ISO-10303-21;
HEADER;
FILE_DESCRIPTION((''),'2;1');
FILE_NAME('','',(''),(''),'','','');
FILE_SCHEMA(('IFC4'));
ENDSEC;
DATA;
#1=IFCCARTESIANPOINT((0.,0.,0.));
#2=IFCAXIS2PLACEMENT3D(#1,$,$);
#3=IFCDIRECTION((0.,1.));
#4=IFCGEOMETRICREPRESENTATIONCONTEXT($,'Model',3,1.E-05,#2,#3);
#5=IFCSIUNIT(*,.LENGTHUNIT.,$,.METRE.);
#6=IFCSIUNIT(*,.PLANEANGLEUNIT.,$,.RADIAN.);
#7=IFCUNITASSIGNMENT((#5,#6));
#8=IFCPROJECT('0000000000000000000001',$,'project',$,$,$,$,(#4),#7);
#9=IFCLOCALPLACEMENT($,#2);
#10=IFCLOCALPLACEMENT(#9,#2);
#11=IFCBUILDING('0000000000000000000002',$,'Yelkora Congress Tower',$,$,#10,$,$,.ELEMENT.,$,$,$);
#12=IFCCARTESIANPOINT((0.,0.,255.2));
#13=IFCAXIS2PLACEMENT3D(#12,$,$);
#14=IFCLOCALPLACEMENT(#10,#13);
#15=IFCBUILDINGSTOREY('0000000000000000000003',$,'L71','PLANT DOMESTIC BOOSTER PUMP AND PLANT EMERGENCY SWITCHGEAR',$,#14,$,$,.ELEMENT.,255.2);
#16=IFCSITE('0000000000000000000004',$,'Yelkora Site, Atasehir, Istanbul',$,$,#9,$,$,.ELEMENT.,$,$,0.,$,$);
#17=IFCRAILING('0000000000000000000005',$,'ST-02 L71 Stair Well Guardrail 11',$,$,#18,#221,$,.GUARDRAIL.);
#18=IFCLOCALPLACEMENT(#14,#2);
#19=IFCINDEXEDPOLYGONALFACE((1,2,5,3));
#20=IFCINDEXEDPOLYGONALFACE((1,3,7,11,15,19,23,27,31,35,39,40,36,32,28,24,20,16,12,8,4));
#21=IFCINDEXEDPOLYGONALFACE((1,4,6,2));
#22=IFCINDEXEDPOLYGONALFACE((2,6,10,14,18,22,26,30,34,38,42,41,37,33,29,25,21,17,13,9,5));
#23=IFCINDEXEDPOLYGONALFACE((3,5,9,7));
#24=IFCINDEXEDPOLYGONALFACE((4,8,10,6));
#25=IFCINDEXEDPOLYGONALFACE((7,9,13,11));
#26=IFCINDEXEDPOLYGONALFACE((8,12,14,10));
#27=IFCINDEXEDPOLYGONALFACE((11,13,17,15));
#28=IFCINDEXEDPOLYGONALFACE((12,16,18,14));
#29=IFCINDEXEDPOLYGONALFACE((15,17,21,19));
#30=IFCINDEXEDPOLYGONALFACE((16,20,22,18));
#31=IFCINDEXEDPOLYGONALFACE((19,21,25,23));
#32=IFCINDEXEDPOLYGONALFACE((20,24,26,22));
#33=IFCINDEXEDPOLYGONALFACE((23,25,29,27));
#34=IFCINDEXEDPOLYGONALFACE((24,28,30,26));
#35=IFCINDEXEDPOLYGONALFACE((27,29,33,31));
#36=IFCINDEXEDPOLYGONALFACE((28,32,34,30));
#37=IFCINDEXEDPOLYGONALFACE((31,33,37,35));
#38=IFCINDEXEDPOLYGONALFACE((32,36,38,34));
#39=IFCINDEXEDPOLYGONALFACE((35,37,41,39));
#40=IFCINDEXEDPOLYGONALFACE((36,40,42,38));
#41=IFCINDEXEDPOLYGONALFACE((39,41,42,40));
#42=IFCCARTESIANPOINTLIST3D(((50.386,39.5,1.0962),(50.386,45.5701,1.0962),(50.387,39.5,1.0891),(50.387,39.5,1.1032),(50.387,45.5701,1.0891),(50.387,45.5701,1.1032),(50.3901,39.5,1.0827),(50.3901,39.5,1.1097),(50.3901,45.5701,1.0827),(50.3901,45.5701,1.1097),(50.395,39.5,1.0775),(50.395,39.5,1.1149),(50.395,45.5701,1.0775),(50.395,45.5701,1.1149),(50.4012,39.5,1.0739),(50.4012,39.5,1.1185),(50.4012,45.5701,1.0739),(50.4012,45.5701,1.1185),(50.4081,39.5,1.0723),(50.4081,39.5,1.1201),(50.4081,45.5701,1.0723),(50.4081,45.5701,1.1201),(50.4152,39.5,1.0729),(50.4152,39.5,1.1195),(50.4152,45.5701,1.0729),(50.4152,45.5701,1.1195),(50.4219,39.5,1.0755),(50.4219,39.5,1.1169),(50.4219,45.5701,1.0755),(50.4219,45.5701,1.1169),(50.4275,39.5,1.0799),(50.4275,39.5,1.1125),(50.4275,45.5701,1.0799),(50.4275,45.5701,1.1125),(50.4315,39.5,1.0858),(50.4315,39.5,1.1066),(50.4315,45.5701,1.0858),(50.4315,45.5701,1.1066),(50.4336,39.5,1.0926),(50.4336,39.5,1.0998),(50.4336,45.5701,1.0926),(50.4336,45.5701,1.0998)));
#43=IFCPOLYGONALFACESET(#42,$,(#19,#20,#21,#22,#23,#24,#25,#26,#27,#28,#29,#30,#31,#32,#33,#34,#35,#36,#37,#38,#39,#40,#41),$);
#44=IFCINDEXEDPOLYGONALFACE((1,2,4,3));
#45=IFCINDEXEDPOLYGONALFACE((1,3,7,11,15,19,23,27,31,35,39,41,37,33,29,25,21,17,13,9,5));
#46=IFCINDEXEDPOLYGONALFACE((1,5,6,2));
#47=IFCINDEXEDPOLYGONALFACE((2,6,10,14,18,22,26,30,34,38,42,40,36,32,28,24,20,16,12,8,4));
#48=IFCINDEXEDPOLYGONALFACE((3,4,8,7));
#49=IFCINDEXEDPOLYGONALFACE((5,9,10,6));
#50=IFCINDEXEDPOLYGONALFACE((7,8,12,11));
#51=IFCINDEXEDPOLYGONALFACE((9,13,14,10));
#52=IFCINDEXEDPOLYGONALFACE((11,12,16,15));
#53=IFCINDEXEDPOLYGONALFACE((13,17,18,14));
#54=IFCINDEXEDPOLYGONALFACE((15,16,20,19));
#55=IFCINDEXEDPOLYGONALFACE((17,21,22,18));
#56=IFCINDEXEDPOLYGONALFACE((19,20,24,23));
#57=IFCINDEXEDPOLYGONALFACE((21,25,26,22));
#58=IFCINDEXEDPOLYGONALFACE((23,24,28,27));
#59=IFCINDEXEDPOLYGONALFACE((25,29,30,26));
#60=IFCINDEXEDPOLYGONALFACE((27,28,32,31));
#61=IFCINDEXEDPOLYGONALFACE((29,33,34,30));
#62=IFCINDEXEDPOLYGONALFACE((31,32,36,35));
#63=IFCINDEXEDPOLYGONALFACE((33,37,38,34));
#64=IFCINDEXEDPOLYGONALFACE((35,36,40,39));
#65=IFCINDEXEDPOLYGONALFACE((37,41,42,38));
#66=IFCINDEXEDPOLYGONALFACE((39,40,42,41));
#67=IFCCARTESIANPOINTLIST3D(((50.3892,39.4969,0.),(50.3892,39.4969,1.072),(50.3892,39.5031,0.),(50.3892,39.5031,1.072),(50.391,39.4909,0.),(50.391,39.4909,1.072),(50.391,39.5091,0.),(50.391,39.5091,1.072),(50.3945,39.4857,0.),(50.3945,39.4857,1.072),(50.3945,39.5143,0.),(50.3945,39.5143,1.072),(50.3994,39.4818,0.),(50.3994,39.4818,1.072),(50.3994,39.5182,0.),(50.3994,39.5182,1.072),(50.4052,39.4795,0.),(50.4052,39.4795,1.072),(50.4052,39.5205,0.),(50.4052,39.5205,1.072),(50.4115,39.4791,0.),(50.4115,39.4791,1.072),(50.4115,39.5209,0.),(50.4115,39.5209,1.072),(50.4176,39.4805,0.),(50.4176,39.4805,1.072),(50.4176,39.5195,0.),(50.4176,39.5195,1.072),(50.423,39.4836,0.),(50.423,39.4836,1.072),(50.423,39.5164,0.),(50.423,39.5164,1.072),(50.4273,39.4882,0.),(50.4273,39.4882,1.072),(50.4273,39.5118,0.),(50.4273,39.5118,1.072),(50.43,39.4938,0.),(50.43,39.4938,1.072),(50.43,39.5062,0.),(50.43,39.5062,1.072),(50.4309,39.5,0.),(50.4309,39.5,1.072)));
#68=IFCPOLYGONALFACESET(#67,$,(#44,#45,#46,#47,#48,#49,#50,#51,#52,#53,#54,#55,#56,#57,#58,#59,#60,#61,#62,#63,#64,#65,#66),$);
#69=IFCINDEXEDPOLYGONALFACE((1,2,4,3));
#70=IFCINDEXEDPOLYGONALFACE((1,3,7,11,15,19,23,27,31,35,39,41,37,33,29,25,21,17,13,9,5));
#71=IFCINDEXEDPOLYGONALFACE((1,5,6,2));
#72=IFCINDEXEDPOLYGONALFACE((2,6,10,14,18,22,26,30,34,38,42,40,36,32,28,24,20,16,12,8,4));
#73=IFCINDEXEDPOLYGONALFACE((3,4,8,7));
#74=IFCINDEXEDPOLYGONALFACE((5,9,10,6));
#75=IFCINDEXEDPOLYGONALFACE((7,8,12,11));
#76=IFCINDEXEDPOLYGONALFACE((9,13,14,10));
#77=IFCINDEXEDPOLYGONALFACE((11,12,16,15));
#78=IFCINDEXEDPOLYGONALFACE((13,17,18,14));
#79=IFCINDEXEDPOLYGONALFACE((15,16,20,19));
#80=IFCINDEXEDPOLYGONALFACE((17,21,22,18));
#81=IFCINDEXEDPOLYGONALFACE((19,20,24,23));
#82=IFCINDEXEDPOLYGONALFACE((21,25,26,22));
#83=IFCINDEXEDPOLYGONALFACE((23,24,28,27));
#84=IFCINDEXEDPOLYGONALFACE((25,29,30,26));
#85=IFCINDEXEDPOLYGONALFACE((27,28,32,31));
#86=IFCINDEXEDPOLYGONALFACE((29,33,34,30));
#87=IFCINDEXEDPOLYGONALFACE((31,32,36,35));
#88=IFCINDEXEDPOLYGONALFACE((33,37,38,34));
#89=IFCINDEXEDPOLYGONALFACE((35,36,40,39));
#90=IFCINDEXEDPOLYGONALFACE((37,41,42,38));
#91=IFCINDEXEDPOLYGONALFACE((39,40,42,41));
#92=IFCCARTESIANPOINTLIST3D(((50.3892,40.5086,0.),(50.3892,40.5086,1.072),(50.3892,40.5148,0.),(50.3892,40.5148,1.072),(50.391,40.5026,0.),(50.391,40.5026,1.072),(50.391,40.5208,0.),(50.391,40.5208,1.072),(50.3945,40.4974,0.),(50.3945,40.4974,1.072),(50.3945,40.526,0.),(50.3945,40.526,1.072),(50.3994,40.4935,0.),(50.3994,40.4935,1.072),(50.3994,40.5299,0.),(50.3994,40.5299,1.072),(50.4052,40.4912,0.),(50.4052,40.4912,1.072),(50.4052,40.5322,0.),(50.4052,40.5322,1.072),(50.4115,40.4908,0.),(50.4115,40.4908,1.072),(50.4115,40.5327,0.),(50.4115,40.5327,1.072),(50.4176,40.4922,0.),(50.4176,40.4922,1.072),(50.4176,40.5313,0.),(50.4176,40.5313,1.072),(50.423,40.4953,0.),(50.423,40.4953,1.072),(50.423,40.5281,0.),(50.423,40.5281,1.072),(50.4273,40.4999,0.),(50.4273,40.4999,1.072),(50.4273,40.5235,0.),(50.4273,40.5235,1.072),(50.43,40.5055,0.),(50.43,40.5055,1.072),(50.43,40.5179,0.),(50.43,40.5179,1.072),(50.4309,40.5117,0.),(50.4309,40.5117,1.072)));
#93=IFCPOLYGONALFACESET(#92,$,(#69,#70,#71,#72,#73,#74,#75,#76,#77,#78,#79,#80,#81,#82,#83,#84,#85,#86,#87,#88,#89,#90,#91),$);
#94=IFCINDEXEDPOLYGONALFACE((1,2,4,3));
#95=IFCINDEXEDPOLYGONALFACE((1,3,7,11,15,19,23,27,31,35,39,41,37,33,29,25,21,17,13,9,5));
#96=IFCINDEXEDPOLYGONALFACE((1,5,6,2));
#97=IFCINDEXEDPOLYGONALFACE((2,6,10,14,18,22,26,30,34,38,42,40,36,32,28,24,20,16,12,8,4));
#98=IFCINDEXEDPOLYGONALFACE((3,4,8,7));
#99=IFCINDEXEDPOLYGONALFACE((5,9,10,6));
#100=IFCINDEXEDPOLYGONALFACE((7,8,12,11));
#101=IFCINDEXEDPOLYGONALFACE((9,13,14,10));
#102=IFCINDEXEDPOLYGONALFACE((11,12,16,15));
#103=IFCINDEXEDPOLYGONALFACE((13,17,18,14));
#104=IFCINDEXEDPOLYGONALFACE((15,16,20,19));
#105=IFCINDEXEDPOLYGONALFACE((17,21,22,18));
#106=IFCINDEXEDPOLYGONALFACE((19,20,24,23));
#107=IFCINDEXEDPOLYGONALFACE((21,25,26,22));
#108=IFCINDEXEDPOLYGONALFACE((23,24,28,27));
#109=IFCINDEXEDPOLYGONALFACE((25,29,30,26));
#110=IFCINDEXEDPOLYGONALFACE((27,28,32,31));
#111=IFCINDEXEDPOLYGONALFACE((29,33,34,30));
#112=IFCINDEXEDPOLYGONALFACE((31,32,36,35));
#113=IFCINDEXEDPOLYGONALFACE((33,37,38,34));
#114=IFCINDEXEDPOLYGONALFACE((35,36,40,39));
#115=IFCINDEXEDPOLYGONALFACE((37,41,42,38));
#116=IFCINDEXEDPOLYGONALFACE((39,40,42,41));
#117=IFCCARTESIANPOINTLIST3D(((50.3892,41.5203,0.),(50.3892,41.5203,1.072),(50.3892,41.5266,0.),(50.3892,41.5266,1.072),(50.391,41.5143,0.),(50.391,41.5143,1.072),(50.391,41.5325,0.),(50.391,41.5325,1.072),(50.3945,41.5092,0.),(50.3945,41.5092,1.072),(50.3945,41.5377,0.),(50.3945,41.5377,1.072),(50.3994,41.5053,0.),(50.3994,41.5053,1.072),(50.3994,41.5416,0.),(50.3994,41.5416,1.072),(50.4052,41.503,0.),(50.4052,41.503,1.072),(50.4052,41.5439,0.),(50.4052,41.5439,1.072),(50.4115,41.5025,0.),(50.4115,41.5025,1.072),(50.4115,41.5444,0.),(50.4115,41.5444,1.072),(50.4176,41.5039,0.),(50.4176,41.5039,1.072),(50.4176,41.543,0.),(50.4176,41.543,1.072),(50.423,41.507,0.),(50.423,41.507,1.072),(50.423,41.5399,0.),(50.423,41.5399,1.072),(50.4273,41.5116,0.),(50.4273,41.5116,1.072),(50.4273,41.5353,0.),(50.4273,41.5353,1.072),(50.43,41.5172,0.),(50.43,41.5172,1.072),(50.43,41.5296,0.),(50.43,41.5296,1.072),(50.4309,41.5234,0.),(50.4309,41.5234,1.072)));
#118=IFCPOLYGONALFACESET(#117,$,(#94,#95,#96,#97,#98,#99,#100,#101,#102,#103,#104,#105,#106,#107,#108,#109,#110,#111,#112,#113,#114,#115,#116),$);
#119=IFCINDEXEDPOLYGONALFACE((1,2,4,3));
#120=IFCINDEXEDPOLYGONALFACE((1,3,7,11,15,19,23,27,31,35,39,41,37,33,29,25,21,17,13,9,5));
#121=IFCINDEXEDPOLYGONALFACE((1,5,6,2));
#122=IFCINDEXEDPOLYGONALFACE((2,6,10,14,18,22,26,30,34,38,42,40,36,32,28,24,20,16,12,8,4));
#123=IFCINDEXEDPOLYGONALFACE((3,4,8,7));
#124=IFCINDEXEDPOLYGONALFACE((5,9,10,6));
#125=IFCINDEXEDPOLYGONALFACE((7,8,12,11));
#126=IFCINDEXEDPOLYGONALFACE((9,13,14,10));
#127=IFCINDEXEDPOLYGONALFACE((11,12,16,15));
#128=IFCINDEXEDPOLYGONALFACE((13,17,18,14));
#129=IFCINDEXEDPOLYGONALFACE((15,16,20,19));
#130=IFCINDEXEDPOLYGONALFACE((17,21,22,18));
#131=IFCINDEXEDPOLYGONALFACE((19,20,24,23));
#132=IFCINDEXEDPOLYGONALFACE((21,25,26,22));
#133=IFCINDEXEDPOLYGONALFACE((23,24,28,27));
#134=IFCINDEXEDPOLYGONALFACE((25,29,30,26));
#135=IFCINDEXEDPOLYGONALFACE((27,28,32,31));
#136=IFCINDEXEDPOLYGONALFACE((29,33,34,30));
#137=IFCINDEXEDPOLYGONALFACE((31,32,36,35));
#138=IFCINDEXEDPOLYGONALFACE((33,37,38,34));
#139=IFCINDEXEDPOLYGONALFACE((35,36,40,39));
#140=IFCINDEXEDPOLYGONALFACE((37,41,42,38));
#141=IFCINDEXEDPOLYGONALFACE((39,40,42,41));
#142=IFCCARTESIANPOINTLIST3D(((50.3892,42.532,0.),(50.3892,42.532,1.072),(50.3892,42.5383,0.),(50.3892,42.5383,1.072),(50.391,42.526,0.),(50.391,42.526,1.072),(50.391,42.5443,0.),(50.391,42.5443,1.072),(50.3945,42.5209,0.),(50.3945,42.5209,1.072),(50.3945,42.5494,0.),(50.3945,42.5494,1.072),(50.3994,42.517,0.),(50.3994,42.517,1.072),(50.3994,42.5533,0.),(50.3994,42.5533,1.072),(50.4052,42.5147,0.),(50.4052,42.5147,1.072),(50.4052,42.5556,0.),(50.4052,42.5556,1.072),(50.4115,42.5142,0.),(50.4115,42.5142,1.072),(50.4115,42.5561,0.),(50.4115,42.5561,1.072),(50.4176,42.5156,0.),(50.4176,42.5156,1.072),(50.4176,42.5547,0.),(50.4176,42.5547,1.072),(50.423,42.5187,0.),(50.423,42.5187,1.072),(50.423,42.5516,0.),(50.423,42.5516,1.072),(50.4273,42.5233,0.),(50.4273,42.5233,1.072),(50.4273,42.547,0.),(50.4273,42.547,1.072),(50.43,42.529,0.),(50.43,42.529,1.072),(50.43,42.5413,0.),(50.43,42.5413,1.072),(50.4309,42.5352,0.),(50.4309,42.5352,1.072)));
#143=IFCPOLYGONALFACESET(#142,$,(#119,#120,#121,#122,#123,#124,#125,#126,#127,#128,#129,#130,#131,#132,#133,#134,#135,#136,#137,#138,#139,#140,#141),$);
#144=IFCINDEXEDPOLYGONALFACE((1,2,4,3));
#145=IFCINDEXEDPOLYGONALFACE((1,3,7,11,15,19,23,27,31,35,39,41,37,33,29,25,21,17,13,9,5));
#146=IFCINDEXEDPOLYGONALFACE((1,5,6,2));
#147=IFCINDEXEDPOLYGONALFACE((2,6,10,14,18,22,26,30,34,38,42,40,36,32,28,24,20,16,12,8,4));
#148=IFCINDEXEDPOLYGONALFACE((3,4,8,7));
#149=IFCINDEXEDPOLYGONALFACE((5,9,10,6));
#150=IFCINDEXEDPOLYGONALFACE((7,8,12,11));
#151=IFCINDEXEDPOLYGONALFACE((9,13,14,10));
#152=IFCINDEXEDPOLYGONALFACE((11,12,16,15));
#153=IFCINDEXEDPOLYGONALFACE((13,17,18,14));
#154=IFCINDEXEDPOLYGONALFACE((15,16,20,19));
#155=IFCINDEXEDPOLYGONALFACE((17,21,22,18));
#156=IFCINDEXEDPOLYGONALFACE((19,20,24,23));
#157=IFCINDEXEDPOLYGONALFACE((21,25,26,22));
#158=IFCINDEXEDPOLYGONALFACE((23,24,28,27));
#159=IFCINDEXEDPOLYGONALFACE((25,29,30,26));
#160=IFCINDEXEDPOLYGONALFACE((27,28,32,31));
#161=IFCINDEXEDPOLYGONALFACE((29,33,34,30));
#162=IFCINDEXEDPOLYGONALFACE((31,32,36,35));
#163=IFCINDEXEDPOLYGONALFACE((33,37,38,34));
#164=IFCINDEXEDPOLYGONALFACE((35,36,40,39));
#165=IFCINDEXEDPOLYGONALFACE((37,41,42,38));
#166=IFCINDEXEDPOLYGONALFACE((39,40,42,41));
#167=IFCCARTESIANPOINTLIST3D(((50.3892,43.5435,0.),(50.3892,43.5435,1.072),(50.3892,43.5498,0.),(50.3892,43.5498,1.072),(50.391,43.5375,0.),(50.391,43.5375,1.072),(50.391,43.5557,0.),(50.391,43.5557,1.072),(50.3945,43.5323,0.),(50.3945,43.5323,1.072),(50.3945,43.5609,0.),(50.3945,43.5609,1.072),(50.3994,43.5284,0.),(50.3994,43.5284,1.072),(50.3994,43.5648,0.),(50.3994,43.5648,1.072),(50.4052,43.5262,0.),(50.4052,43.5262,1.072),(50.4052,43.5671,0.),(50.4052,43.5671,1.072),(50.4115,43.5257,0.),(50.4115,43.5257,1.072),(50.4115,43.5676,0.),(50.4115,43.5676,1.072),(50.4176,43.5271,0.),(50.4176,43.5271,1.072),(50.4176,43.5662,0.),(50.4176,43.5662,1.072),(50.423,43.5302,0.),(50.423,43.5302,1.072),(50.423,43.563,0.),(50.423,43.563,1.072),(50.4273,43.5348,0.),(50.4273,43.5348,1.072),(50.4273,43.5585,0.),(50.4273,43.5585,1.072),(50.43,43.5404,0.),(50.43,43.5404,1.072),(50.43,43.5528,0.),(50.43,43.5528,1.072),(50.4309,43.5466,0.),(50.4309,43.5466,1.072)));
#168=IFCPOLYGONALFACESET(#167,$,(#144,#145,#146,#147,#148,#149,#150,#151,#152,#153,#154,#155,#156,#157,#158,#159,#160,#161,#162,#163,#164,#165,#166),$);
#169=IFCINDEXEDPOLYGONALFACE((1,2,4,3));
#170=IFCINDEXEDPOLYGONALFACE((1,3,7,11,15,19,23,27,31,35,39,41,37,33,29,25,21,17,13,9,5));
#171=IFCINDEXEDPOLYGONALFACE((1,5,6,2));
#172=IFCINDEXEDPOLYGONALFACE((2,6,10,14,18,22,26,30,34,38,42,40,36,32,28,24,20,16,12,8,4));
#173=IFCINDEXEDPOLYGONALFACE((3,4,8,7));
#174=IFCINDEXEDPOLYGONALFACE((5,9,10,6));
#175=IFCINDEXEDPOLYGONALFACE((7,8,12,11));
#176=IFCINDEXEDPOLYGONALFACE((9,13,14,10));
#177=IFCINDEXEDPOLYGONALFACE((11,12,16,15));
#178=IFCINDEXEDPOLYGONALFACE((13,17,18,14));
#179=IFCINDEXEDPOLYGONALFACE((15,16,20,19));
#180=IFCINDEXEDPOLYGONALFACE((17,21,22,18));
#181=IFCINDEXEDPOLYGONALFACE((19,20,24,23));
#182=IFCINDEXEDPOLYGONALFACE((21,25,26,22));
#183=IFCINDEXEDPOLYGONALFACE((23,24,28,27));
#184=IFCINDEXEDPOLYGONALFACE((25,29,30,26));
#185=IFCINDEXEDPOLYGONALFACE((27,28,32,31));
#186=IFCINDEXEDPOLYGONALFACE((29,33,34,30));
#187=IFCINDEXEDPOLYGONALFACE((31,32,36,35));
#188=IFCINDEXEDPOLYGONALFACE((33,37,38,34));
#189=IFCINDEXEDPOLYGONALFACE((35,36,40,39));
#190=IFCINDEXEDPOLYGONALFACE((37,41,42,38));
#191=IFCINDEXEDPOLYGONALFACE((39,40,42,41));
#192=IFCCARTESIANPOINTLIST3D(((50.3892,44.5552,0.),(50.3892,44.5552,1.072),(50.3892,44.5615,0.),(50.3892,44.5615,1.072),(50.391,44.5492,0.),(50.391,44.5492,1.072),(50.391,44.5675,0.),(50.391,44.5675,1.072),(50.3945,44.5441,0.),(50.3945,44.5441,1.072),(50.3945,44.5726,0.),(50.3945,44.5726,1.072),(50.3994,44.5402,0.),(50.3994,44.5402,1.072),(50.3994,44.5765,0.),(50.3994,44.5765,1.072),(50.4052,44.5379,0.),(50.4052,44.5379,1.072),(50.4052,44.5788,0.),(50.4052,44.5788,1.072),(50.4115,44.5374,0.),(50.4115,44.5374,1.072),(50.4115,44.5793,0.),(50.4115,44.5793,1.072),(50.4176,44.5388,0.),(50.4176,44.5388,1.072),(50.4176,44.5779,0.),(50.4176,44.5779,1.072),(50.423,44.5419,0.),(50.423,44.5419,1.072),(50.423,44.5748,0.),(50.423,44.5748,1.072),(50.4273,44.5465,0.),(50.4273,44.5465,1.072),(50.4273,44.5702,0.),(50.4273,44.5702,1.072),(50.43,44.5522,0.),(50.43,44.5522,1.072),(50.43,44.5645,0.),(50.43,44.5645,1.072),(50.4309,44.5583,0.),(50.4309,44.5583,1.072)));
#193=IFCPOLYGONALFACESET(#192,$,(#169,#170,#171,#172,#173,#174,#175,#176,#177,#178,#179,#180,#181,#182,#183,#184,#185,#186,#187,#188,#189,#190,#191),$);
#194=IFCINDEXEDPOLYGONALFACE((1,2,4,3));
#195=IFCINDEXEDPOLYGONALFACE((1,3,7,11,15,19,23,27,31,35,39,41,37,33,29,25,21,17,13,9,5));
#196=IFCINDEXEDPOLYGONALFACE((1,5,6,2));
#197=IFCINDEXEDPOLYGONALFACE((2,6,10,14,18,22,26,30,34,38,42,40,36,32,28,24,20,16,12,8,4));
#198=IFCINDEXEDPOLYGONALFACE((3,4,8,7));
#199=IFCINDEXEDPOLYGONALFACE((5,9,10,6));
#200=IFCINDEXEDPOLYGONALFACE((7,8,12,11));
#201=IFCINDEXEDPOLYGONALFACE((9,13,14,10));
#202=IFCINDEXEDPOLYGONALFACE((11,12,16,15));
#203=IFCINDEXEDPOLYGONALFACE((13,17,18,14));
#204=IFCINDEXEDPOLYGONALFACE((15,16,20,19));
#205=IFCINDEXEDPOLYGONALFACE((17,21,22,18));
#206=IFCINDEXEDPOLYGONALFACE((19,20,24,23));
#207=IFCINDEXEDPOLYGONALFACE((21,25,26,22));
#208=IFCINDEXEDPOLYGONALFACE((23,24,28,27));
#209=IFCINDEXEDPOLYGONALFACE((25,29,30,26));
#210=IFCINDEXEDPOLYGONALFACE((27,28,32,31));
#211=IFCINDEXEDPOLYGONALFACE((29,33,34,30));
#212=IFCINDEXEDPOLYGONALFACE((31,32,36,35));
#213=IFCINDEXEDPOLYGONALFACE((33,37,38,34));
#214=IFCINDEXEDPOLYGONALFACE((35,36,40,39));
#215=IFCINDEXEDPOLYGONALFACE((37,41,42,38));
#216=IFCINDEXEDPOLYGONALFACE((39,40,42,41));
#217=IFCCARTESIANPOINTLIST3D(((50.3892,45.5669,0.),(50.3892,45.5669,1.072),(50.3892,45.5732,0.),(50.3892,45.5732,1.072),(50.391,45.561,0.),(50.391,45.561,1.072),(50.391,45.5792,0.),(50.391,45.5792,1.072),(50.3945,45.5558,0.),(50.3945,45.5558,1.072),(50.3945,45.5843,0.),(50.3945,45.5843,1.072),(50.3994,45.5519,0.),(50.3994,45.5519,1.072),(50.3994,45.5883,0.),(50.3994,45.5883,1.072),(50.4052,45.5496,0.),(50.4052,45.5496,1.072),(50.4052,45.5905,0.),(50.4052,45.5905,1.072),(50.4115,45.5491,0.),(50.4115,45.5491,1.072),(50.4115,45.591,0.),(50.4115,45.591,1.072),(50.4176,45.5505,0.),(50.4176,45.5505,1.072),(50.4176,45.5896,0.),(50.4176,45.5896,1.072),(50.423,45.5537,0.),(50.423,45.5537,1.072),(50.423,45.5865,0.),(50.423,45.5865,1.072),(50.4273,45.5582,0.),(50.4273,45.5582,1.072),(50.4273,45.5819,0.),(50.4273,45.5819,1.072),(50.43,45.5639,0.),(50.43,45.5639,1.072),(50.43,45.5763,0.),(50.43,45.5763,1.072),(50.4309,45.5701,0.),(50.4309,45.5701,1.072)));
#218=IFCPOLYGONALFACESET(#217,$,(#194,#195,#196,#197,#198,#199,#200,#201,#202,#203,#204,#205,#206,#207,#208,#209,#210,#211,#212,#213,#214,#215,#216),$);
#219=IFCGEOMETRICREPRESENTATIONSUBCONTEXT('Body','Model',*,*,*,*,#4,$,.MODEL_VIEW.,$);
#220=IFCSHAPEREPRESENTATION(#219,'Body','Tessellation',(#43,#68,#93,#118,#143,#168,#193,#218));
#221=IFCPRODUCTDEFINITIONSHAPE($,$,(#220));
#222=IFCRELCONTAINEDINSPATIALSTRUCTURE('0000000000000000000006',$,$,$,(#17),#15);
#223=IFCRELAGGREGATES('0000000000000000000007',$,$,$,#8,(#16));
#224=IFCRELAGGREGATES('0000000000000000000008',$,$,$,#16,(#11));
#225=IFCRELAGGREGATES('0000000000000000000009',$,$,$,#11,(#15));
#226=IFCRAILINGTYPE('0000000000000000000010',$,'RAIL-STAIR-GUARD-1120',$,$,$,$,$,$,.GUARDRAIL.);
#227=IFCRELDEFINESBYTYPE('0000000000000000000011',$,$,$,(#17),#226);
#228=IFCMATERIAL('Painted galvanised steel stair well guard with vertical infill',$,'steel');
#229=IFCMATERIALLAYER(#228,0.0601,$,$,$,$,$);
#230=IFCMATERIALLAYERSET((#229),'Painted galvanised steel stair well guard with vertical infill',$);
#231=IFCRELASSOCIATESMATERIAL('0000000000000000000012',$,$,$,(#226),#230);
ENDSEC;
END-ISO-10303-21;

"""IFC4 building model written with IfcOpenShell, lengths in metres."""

from ifc_helpers import new_model, si_unit, direction, frame, origin, origin_2d, place, context, subcontext, project, spatial, circle, extrude, material, layer, layer_set, type_object, element, save


model = new_model("IFC4")

# Units and contexts
model_context = context("Model", 3, precision=1e-05, world=origin(), true_north=direction((0.0, 1.0)))
body_context = subcontext(model_context, "Body", "Model", "MODEL_VIEW")
ifc_project = project(units=[si_unit("LENGTHUNIT", "METRE"), si_unit("PLANEANGLEUNIT", "RADIAN")], contexts=[model_context])

# Site, building, storey
site_placement = place(None, origin())
site = spatial("IfcSite", under=ifc_project, at=site_placement, Name="Yelkora Site, Atasehir, Istanbul", CompositionType="ELEMENT", RefElevation=0.0)
building_placement = place(site_placement, origin())
building = spatial("IfcBuilding", under=site, at=building_placement, Name="Yelkora Congress Tower", CompositionType="ELEMENT")
storey_placement = place(building_placement, frame((0.0, 0.0, 255.2)))
storey = spatial("IfcBuildingStorey", under=building, at=storey_placement, Name="L71", Description="PLANT DOMESTIC BOOSTER PUMP AND PLANT EMERGENCY SWITCHGEAR", CompositionType="ELEMENT", Elevation=255.2)

# Railing
ifc_material_1 = material(Name="Painted galvanised steel stair well guard with vertical infill", Category="steel")
ifc_layer_1 = layer(ifc_material_1, 0.0601)
ifc_layer_set_1 = layer_set([ifc_layer_1], Name="Painted galvanised steel stair well guard with vertical infill")
railing_type_1 = type_object("IfcRailingType", Name="RAIL-STAIR-GUARD-1120", PredefinedType="GUARDRAIL", material=ifc_layer_set_1)
railing_1_placement = place(storey_placement, frame((50.4099, 39.5, 0.0)))
element("IfcRailing", 1, at=railing_1_placement, inside=storey, type_object=railing_type_1, Name="ST-02 L71 Stair Well Guardrail 11", PredefinedType="GUARDRAIL", context=body_context, shape_type="SweptSolid", body=[
    extrude(circle(Radius=0.0239, at=origin_2d()), frame((0.0, 0.0, 1.0962), z_axis=(0.0, 1.0, 0.0), x_axis=(-1.0, 0.0, 0.0)), (0.0, 0.0, 1.0), 6.0701),
    extrude(circle(Radius=0.021, at=origin_2d()), origin(), (0.0, 0.0, 1.0), 1.072),
    extrude(circle(Radius=0.021, at=origin_2d()), frame((0.0, 1.0117, 0.0)), (0.0, 0.0, 1.0), 1.072),
    extrude(circle(Radius=0.021, at=origin_2d()), frame((0.0, 2.0234, 0.0)), (0.0, 0.0, 1.0), 1.072),
    extrude(circle(Radius=0.021, at=origin_2d()), frame((0.0, 3.0352, 0.0)), (0.0, 0.0, 1.0), 1.072),
    extrude(circle(Radius=0.021, at=origin_2d()), frame((0.0, 4.0466, 0.0)), (0.0, 0.0, 1.0), 1.072),
    extrude(circle(Radius=0.021, at=origin_2d()), frame((0.0, 5.0583, 0.0)), (0.0, 0.0, 1.0), 1.072),
    extrude(circle(Radius=0.021, at=origin_2d()), frame((0.0, 6.0701, 0.0)), (0.0, 0.0, 1.0), 1.072),
])

save(model, "model.ifc")
